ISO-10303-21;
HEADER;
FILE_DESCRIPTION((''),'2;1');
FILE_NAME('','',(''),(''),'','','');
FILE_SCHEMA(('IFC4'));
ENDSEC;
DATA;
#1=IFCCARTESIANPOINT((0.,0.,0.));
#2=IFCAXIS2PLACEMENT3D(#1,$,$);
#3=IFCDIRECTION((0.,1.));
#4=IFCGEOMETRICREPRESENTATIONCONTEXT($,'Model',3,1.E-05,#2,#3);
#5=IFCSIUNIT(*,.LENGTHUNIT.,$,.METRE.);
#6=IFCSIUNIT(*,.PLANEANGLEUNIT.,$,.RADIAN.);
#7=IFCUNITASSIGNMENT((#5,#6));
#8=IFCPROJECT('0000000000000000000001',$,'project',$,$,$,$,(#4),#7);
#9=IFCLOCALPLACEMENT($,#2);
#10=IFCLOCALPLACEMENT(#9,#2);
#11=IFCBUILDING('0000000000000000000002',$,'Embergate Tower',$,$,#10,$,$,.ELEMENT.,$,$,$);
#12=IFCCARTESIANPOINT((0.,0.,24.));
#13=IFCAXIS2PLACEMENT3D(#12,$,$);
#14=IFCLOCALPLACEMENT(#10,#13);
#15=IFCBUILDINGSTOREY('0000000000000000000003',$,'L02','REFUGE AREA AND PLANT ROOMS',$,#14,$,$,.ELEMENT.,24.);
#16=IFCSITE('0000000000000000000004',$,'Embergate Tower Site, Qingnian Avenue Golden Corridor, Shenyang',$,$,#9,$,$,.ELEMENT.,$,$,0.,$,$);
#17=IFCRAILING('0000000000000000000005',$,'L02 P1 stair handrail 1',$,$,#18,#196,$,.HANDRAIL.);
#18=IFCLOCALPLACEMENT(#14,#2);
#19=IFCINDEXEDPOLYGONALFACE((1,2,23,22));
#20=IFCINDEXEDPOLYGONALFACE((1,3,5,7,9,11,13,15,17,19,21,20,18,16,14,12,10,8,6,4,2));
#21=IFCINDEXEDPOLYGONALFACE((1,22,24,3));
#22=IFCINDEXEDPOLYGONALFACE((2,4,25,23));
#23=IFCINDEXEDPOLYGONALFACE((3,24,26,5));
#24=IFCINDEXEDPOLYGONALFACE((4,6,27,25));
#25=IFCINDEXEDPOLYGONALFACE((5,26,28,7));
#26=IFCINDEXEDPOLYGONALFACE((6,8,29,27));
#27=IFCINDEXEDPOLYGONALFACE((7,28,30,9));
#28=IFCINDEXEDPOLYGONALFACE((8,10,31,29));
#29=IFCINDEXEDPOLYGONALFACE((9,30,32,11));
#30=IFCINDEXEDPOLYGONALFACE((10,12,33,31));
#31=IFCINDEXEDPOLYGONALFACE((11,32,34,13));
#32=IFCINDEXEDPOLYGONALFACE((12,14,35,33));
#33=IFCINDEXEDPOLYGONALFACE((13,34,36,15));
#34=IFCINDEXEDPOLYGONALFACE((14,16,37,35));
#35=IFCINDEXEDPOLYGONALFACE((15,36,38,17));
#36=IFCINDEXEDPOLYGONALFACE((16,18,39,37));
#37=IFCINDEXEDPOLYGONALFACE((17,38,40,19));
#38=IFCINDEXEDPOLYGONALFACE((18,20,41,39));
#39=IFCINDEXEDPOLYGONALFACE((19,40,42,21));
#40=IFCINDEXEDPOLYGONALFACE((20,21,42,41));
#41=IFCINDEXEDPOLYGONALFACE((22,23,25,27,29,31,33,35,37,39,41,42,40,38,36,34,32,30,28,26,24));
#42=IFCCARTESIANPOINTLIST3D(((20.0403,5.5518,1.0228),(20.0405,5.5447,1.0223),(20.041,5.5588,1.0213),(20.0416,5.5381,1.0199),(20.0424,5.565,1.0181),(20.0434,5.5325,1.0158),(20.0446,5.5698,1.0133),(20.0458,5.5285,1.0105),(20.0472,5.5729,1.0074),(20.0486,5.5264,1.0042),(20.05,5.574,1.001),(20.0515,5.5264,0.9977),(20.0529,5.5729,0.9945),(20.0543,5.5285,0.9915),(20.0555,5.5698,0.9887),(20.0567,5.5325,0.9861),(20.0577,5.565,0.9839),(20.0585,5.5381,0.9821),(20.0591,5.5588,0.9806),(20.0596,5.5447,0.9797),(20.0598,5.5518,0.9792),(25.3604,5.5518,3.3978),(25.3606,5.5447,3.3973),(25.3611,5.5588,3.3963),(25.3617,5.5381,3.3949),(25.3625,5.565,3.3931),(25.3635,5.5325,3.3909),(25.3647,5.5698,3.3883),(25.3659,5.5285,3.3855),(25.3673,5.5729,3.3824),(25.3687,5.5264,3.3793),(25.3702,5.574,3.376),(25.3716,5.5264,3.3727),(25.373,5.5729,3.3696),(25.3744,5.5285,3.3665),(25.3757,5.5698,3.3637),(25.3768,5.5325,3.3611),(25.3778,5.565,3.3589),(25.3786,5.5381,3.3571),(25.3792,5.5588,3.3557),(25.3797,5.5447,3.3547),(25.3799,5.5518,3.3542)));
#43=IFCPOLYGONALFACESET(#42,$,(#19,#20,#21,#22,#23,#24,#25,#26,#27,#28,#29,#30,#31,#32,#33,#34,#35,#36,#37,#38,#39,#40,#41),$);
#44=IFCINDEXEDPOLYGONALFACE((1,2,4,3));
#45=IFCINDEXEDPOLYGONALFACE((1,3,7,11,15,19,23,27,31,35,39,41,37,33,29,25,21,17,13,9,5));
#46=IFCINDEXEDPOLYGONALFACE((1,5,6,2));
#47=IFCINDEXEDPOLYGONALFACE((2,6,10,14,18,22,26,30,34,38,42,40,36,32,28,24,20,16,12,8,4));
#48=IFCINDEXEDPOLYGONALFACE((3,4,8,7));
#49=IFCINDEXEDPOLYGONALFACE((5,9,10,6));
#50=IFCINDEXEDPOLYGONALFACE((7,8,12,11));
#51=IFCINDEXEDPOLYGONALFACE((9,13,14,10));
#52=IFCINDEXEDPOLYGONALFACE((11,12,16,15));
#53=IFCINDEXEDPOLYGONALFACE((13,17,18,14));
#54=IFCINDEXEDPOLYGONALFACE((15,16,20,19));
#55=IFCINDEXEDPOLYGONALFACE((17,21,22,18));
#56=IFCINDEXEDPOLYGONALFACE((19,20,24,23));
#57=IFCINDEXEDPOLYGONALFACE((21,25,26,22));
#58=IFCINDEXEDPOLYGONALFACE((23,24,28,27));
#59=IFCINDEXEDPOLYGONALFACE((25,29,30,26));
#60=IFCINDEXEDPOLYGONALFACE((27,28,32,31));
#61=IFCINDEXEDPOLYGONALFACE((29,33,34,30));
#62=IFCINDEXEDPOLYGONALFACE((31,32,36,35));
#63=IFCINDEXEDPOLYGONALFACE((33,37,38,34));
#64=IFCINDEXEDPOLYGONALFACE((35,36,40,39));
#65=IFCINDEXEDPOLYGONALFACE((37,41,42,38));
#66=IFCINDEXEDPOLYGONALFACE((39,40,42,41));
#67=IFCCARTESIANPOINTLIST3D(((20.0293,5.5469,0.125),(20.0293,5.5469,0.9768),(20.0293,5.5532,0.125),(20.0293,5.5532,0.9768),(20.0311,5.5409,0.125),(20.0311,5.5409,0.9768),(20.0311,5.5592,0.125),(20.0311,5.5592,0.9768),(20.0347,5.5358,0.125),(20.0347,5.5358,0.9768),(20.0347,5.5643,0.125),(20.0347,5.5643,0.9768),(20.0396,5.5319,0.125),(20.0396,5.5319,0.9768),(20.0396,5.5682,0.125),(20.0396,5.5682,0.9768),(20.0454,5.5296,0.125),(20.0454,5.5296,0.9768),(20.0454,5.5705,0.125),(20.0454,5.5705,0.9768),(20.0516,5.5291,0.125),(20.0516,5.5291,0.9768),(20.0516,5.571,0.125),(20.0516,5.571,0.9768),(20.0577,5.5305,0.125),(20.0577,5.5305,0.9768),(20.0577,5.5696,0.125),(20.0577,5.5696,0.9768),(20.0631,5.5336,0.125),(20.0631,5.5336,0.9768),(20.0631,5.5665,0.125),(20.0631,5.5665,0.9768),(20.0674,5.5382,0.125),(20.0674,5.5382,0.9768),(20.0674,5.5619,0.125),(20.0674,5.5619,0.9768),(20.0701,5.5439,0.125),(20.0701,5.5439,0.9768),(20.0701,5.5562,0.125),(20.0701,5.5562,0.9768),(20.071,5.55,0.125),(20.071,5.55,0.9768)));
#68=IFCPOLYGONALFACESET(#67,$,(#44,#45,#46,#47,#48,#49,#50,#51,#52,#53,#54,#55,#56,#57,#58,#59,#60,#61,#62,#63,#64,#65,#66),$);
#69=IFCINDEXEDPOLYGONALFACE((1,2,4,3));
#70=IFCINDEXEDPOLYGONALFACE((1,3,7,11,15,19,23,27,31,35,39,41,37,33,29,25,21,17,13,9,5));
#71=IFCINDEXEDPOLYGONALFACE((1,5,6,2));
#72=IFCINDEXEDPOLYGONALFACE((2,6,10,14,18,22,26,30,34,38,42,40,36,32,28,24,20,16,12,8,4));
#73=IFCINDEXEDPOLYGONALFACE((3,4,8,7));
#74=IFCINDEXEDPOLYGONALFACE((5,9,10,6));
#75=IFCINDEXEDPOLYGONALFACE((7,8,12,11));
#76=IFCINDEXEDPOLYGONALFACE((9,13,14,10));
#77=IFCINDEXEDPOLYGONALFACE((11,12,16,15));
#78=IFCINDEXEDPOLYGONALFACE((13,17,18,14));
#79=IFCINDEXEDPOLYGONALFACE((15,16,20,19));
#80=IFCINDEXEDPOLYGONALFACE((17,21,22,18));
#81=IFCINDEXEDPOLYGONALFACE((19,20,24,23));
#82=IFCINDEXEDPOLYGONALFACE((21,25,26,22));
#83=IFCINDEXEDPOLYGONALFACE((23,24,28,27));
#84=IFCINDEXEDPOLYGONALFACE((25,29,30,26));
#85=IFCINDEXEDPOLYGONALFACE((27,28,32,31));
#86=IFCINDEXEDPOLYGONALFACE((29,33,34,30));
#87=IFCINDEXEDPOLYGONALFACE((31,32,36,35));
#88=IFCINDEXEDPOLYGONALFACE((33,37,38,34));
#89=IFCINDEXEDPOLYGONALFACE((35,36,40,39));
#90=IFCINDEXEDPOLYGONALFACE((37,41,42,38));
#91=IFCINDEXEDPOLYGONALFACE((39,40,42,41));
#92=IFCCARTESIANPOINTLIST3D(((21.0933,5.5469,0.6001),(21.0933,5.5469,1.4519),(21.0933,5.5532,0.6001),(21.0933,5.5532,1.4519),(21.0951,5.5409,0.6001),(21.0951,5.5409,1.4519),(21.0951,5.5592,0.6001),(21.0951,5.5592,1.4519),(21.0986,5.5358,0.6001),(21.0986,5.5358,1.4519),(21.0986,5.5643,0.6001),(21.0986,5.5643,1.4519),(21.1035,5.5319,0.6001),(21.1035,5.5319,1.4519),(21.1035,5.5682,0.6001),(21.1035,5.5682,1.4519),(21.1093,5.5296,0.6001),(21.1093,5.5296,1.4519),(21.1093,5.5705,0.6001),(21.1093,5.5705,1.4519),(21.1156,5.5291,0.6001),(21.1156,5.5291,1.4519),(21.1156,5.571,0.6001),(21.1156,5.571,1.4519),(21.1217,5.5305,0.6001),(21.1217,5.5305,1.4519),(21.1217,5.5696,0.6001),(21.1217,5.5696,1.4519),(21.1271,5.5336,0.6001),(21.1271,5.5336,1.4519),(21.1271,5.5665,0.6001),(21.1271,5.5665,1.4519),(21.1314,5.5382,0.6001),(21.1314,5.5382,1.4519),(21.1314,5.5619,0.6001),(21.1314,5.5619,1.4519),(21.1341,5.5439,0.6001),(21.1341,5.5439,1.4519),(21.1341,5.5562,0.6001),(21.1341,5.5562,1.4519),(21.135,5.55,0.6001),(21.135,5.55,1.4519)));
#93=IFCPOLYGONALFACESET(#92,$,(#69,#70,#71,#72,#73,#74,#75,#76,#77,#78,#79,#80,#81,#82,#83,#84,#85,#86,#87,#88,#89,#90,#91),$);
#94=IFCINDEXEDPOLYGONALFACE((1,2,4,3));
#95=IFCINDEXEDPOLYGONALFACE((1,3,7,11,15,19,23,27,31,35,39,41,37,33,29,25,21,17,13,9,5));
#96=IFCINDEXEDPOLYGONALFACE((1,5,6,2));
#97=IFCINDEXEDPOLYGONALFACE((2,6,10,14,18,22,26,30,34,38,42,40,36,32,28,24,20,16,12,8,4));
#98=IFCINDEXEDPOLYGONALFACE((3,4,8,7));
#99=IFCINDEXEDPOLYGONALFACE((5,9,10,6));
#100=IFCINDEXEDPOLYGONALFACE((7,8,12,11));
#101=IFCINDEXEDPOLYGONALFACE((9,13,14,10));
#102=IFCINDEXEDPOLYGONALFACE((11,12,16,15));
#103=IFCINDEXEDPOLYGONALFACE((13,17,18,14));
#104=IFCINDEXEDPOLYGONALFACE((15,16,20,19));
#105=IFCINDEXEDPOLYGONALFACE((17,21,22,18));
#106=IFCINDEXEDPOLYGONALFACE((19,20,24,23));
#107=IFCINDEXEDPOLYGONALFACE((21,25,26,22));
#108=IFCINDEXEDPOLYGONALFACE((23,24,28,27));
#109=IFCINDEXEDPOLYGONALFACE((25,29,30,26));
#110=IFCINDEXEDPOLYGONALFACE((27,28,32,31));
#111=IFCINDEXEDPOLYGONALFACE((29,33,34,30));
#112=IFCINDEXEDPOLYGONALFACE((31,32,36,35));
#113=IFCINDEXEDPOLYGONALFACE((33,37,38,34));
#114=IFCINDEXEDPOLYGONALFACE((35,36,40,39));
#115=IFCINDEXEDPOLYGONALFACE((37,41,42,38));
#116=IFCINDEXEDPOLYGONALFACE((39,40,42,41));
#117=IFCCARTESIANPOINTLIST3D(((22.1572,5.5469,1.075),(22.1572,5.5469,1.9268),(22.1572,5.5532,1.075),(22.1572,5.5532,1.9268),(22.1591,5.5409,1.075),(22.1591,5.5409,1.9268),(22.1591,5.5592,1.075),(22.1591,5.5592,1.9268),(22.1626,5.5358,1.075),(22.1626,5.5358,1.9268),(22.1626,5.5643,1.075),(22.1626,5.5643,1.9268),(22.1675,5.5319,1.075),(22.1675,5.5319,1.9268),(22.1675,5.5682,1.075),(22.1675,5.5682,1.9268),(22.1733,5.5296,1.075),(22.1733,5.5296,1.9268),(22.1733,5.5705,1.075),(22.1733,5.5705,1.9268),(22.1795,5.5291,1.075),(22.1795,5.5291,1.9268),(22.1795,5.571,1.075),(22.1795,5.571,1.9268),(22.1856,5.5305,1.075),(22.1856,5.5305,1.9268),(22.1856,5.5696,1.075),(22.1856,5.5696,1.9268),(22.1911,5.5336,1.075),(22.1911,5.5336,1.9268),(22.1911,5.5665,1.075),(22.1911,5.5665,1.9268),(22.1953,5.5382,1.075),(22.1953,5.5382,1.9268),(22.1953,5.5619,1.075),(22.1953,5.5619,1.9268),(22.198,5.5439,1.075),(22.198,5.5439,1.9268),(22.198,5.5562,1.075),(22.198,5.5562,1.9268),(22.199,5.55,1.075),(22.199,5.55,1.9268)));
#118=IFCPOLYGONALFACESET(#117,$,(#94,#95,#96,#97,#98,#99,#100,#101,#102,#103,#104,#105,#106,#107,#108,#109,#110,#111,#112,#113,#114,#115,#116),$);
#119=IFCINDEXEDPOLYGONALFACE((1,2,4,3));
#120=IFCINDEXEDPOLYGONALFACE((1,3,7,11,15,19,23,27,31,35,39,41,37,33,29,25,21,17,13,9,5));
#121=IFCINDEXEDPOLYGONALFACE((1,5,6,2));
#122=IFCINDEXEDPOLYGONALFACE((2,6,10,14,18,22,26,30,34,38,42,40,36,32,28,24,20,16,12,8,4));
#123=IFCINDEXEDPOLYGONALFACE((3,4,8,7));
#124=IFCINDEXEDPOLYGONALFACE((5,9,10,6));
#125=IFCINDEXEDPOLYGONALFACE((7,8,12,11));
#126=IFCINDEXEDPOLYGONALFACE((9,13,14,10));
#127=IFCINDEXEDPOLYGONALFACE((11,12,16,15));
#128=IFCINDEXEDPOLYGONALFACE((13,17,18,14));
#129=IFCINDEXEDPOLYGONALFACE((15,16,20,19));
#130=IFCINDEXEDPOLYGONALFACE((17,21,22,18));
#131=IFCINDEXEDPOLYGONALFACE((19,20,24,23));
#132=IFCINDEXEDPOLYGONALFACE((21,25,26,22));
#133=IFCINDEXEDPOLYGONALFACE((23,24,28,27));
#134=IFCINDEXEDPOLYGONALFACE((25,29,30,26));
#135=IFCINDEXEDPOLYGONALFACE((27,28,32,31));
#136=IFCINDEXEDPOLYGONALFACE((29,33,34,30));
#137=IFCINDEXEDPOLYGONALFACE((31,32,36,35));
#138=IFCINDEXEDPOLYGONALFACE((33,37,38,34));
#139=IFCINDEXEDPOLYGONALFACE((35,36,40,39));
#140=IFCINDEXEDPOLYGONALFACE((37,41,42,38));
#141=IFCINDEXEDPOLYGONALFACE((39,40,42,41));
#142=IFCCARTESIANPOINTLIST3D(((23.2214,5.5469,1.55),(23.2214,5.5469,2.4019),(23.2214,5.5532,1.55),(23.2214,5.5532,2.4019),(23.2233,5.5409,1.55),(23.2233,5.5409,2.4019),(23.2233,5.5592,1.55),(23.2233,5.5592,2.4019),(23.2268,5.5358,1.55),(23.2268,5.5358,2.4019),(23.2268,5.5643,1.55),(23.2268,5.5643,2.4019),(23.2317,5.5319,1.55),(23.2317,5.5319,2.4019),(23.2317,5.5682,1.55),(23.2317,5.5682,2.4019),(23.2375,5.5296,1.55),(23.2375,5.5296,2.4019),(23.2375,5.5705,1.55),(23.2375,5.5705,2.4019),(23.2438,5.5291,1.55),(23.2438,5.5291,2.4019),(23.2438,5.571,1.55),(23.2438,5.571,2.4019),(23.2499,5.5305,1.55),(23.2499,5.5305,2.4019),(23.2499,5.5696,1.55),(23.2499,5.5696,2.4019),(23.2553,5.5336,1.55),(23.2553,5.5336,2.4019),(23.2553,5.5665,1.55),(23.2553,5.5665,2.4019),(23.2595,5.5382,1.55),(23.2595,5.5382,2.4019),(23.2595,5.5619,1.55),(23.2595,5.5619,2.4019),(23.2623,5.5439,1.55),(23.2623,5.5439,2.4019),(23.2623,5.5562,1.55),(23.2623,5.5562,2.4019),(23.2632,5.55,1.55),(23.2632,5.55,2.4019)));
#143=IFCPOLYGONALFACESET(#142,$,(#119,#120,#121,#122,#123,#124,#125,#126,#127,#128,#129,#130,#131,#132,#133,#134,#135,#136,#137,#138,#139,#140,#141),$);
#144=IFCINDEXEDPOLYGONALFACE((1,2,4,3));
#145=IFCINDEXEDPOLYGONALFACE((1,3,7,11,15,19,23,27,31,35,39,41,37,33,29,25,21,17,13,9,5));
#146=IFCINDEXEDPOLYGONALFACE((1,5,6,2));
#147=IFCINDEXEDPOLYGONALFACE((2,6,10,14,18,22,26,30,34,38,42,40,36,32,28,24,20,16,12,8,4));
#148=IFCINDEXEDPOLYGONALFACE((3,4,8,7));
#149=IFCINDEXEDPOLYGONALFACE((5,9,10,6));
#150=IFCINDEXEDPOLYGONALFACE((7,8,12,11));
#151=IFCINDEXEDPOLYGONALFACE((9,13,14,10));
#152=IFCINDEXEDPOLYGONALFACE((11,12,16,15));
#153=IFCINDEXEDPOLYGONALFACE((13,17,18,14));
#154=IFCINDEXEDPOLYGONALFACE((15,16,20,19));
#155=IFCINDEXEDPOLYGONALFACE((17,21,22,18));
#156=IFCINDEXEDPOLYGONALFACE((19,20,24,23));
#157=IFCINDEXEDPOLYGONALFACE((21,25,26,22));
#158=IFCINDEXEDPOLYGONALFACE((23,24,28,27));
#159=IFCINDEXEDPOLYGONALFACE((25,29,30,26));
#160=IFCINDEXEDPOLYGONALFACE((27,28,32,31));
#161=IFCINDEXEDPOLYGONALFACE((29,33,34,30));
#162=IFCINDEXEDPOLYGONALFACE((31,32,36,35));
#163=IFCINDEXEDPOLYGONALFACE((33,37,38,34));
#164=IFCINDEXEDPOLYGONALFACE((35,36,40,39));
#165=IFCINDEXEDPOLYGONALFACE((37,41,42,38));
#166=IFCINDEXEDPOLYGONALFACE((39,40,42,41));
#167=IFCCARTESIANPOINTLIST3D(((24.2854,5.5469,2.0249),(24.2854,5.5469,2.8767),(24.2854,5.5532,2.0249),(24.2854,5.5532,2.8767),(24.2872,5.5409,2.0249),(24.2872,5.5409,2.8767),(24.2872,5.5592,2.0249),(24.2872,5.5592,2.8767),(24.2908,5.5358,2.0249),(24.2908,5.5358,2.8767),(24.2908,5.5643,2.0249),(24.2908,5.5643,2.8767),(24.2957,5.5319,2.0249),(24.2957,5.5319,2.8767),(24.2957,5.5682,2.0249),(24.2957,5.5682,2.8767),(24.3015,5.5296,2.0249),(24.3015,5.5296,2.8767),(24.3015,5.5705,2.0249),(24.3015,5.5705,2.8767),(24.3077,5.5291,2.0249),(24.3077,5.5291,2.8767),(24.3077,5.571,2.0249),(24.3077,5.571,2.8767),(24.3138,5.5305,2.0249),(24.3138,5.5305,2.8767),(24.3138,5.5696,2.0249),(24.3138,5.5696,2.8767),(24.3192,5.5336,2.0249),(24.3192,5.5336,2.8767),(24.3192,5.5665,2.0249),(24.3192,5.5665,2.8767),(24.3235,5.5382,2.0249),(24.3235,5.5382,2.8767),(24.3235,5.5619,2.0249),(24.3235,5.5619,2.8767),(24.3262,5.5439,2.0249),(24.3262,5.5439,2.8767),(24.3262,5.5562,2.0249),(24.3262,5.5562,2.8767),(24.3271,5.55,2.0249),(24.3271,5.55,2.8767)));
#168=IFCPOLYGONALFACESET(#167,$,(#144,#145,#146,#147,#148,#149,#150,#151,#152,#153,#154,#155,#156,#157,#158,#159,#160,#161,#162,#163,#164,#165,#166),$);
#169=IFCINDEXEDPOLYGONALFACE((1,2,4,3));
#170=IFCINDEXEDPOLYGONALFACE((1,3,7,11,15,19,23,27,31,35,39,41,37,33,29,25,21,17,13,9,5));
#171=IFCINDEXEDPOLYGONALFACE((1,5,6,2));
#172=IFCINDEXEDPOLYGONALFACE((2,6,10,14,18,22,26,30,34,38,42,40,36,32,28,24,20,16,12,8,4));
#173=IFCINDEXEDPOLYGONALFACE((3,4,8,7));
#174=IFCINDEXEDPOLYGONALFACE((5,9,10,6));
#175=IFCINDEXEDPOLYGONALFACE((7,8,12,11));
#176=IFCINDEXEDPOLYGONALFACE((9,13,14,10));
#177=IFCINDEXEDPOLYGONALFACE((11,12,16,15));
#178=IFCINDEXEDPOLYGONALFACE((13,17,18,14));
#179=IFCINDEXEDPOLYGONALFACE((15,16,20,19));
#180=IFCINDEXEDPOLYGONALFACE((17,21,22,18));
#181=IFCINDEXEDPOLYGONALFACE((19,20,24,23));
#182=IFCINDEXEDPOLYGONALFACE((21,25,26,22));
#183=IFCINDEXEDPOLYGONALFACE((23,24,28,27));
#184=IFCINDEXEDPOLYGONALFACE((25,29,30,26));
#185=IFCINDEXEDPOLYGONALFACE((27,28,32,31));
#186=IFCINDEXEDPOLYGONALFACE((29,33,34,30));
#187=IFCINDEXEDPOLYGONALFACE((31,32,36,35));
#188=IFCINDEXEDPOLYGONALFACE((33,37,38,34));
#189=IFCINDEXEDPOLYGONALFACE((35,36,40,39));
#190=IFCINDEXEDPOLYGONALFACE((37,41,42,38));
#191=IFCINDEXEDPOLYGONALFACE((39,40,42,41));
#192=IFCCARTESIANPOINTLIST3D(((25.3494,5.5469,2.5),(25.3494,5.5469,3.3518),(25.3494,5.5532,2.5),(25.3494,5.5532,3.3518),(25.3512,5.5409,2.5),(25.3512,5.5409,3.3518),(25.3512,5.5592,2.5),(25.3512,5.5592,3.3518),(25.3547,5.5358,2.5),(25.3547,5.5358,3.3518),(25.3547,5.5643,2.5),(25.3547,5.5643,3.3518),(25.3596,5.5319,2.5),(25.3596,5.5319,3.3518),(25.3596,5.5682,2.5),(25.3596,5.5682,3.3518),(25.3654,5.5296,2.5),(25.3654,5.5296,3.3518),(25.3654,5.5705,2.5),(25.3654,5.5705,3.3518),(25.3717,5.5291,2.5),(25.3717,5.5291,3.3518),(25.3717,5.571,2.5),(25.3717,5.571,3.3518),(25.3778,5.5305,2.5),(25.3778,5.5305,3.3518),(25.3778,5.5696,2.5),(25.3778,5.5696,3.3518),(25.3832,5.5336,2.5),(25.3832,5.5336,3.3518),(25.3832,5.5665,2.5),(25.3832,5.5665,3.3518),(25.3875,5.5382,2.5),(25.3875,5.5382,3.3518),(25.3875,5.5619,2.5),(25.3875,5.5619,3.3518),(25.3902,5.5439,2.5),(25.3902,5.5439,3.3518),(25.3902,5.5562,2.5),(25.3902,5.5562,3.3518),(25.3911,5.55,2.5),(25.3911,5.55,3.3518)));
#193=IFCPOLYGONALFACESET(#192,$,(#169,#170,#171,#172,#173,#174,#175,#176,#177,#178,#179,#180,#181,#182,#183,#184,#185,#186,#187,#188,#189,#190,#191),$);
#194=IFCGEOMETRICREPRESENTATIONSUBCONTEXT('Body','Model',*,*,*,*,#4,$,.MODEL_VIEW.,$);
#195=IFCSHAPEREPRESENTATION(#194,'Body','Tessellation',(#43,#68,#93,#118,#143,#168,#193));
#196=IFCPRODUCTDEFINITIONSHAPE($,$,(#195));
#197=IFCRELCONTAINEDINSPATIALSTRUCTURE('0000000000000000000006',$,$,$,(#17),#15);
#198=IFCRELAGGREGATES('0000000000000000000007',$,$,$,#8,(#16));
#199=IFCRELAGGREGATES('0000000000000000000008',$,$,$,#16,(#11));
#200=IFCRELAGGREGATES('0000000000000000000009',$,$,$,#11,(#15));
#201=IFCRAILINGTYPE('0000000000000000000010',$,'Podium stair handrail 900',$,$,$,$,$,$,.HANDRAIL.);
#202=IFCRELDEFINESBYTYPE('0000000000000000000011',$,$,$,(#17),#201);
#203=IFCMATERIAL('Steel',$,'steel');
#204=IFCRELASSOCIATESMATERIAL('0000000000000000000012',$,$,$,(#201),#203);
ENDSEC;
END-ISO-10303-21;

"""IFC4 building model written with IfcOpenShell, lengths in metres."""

from ifc_helpers import new_model, si_unit, direction, frame, origin, origin_2d, place, context, subcontext, project, spatial, circle, extrude, source, transform, mapped, material, type_object, element, save


model = new_model("IFC4")

# Units and contexts
model_context = context("Model", 3, precision=1e-05, world=origin(), true_north=direction((0.0, 1.0)))
body_context = subcontext(model_context, "Body", "Model", "MODEL_VIEW")
ifc_project = project(units=[si_unit("LENGTHUNIT", "METRE"), si_unit("PLANEANGLEUNIT", "RADIAN")], contexts=[model_context])

# Site, building, storey
site_placement = place(None, origin())
site = spatial("IfcSite", under=ifc_project, at=site_placement, Name="Embergate Tower Site, Qingnian Avenue Golden Corridor, Shenyang", CompositionType="ELEMENT", RefElevation=0.0)
building_placement = place(site_placement, origin())
building = spatial("IfcBuilding", under=site, at=building_placement, Name="Embergate Tower", CompositionType="ELEMENT")
storey_placement = place(building_placement, frame((0.0, 0.0, 24.0)))
storey = spatial("IfcBuildingStorey", under=building, at=storey_placement, Name="L02", Description="REFUGE AREA AND PLANT ROOMS", CompositionType="ELEMENT", Elevation=24.0)

# Railing
ifc_material_1 = material(Name="Steel", Category="steel")
railing_type_1 = type_object("IfcRailingType", Name="Podium stair handrail 900", PredefinedType="HANDRAIL", material=ifc_material_1)
shared_shape_1 = source(origin(), body_context, "Body", "SweptSolid", [
    extrude(circle(Radius=0.0239, at=origin_2d()), frame((0.0, 0.0, 0.876), z_axis=(0.91314, 0.0, 0.407646), x_axis=(0.0, 1.0, 0.0)), (0.0, 0.0, 1.0), 5.8262),
    extrude(circle(Radius=0.021, at=origin_2d()), origin(), (0.0, 0.0, 1.0), 0.8518),
    extrude(circle(Radius=0.021, at=origin_2d()), frame((1.064, 0.0, 0.4751)), (0.0, 0.0, 1.0), 0.8518),
    extrude(circle(Radius=0.021, at=origin_2d()), frame((2.1279, 0.0, 0.95)), (0.0, 0.0, 1.0), 0.8518),
    extrude(circle(Radius=0.021, at=origin_2d()), frame((3.1921, 0.0, 1.425)), (0.0, 0.0, 1.0), 0.8518),
    extrude(circle(Radius=0.021, at=origin_2d()), frame((4.2561, 0.0, 1.8999)), (0.0, 0.0, 1.0), 0.8518),
    extrude(circle(Radius=0.021, at=origin_2d()), frame((5.3201, 0.0, 2.375)), (0.0, 0.0, 1.0), 0.8518),
])
railing_1_placement = place(storey_placement, frame((20.05, 5.55, 0.125)))
element("IfcRailing", 1, at=railing_1_placement, inside=storey, type_object=railing_type_1, Name="L02 P1 stair handrail 1", PredefinedType="HANDRAIL", context=body_context, shape_type="MappedRepresentation", body=[
    mapped(shared_shape_1, transform((0.0, 0.0, 0.0))),
])

save(model, "model.ifc")
